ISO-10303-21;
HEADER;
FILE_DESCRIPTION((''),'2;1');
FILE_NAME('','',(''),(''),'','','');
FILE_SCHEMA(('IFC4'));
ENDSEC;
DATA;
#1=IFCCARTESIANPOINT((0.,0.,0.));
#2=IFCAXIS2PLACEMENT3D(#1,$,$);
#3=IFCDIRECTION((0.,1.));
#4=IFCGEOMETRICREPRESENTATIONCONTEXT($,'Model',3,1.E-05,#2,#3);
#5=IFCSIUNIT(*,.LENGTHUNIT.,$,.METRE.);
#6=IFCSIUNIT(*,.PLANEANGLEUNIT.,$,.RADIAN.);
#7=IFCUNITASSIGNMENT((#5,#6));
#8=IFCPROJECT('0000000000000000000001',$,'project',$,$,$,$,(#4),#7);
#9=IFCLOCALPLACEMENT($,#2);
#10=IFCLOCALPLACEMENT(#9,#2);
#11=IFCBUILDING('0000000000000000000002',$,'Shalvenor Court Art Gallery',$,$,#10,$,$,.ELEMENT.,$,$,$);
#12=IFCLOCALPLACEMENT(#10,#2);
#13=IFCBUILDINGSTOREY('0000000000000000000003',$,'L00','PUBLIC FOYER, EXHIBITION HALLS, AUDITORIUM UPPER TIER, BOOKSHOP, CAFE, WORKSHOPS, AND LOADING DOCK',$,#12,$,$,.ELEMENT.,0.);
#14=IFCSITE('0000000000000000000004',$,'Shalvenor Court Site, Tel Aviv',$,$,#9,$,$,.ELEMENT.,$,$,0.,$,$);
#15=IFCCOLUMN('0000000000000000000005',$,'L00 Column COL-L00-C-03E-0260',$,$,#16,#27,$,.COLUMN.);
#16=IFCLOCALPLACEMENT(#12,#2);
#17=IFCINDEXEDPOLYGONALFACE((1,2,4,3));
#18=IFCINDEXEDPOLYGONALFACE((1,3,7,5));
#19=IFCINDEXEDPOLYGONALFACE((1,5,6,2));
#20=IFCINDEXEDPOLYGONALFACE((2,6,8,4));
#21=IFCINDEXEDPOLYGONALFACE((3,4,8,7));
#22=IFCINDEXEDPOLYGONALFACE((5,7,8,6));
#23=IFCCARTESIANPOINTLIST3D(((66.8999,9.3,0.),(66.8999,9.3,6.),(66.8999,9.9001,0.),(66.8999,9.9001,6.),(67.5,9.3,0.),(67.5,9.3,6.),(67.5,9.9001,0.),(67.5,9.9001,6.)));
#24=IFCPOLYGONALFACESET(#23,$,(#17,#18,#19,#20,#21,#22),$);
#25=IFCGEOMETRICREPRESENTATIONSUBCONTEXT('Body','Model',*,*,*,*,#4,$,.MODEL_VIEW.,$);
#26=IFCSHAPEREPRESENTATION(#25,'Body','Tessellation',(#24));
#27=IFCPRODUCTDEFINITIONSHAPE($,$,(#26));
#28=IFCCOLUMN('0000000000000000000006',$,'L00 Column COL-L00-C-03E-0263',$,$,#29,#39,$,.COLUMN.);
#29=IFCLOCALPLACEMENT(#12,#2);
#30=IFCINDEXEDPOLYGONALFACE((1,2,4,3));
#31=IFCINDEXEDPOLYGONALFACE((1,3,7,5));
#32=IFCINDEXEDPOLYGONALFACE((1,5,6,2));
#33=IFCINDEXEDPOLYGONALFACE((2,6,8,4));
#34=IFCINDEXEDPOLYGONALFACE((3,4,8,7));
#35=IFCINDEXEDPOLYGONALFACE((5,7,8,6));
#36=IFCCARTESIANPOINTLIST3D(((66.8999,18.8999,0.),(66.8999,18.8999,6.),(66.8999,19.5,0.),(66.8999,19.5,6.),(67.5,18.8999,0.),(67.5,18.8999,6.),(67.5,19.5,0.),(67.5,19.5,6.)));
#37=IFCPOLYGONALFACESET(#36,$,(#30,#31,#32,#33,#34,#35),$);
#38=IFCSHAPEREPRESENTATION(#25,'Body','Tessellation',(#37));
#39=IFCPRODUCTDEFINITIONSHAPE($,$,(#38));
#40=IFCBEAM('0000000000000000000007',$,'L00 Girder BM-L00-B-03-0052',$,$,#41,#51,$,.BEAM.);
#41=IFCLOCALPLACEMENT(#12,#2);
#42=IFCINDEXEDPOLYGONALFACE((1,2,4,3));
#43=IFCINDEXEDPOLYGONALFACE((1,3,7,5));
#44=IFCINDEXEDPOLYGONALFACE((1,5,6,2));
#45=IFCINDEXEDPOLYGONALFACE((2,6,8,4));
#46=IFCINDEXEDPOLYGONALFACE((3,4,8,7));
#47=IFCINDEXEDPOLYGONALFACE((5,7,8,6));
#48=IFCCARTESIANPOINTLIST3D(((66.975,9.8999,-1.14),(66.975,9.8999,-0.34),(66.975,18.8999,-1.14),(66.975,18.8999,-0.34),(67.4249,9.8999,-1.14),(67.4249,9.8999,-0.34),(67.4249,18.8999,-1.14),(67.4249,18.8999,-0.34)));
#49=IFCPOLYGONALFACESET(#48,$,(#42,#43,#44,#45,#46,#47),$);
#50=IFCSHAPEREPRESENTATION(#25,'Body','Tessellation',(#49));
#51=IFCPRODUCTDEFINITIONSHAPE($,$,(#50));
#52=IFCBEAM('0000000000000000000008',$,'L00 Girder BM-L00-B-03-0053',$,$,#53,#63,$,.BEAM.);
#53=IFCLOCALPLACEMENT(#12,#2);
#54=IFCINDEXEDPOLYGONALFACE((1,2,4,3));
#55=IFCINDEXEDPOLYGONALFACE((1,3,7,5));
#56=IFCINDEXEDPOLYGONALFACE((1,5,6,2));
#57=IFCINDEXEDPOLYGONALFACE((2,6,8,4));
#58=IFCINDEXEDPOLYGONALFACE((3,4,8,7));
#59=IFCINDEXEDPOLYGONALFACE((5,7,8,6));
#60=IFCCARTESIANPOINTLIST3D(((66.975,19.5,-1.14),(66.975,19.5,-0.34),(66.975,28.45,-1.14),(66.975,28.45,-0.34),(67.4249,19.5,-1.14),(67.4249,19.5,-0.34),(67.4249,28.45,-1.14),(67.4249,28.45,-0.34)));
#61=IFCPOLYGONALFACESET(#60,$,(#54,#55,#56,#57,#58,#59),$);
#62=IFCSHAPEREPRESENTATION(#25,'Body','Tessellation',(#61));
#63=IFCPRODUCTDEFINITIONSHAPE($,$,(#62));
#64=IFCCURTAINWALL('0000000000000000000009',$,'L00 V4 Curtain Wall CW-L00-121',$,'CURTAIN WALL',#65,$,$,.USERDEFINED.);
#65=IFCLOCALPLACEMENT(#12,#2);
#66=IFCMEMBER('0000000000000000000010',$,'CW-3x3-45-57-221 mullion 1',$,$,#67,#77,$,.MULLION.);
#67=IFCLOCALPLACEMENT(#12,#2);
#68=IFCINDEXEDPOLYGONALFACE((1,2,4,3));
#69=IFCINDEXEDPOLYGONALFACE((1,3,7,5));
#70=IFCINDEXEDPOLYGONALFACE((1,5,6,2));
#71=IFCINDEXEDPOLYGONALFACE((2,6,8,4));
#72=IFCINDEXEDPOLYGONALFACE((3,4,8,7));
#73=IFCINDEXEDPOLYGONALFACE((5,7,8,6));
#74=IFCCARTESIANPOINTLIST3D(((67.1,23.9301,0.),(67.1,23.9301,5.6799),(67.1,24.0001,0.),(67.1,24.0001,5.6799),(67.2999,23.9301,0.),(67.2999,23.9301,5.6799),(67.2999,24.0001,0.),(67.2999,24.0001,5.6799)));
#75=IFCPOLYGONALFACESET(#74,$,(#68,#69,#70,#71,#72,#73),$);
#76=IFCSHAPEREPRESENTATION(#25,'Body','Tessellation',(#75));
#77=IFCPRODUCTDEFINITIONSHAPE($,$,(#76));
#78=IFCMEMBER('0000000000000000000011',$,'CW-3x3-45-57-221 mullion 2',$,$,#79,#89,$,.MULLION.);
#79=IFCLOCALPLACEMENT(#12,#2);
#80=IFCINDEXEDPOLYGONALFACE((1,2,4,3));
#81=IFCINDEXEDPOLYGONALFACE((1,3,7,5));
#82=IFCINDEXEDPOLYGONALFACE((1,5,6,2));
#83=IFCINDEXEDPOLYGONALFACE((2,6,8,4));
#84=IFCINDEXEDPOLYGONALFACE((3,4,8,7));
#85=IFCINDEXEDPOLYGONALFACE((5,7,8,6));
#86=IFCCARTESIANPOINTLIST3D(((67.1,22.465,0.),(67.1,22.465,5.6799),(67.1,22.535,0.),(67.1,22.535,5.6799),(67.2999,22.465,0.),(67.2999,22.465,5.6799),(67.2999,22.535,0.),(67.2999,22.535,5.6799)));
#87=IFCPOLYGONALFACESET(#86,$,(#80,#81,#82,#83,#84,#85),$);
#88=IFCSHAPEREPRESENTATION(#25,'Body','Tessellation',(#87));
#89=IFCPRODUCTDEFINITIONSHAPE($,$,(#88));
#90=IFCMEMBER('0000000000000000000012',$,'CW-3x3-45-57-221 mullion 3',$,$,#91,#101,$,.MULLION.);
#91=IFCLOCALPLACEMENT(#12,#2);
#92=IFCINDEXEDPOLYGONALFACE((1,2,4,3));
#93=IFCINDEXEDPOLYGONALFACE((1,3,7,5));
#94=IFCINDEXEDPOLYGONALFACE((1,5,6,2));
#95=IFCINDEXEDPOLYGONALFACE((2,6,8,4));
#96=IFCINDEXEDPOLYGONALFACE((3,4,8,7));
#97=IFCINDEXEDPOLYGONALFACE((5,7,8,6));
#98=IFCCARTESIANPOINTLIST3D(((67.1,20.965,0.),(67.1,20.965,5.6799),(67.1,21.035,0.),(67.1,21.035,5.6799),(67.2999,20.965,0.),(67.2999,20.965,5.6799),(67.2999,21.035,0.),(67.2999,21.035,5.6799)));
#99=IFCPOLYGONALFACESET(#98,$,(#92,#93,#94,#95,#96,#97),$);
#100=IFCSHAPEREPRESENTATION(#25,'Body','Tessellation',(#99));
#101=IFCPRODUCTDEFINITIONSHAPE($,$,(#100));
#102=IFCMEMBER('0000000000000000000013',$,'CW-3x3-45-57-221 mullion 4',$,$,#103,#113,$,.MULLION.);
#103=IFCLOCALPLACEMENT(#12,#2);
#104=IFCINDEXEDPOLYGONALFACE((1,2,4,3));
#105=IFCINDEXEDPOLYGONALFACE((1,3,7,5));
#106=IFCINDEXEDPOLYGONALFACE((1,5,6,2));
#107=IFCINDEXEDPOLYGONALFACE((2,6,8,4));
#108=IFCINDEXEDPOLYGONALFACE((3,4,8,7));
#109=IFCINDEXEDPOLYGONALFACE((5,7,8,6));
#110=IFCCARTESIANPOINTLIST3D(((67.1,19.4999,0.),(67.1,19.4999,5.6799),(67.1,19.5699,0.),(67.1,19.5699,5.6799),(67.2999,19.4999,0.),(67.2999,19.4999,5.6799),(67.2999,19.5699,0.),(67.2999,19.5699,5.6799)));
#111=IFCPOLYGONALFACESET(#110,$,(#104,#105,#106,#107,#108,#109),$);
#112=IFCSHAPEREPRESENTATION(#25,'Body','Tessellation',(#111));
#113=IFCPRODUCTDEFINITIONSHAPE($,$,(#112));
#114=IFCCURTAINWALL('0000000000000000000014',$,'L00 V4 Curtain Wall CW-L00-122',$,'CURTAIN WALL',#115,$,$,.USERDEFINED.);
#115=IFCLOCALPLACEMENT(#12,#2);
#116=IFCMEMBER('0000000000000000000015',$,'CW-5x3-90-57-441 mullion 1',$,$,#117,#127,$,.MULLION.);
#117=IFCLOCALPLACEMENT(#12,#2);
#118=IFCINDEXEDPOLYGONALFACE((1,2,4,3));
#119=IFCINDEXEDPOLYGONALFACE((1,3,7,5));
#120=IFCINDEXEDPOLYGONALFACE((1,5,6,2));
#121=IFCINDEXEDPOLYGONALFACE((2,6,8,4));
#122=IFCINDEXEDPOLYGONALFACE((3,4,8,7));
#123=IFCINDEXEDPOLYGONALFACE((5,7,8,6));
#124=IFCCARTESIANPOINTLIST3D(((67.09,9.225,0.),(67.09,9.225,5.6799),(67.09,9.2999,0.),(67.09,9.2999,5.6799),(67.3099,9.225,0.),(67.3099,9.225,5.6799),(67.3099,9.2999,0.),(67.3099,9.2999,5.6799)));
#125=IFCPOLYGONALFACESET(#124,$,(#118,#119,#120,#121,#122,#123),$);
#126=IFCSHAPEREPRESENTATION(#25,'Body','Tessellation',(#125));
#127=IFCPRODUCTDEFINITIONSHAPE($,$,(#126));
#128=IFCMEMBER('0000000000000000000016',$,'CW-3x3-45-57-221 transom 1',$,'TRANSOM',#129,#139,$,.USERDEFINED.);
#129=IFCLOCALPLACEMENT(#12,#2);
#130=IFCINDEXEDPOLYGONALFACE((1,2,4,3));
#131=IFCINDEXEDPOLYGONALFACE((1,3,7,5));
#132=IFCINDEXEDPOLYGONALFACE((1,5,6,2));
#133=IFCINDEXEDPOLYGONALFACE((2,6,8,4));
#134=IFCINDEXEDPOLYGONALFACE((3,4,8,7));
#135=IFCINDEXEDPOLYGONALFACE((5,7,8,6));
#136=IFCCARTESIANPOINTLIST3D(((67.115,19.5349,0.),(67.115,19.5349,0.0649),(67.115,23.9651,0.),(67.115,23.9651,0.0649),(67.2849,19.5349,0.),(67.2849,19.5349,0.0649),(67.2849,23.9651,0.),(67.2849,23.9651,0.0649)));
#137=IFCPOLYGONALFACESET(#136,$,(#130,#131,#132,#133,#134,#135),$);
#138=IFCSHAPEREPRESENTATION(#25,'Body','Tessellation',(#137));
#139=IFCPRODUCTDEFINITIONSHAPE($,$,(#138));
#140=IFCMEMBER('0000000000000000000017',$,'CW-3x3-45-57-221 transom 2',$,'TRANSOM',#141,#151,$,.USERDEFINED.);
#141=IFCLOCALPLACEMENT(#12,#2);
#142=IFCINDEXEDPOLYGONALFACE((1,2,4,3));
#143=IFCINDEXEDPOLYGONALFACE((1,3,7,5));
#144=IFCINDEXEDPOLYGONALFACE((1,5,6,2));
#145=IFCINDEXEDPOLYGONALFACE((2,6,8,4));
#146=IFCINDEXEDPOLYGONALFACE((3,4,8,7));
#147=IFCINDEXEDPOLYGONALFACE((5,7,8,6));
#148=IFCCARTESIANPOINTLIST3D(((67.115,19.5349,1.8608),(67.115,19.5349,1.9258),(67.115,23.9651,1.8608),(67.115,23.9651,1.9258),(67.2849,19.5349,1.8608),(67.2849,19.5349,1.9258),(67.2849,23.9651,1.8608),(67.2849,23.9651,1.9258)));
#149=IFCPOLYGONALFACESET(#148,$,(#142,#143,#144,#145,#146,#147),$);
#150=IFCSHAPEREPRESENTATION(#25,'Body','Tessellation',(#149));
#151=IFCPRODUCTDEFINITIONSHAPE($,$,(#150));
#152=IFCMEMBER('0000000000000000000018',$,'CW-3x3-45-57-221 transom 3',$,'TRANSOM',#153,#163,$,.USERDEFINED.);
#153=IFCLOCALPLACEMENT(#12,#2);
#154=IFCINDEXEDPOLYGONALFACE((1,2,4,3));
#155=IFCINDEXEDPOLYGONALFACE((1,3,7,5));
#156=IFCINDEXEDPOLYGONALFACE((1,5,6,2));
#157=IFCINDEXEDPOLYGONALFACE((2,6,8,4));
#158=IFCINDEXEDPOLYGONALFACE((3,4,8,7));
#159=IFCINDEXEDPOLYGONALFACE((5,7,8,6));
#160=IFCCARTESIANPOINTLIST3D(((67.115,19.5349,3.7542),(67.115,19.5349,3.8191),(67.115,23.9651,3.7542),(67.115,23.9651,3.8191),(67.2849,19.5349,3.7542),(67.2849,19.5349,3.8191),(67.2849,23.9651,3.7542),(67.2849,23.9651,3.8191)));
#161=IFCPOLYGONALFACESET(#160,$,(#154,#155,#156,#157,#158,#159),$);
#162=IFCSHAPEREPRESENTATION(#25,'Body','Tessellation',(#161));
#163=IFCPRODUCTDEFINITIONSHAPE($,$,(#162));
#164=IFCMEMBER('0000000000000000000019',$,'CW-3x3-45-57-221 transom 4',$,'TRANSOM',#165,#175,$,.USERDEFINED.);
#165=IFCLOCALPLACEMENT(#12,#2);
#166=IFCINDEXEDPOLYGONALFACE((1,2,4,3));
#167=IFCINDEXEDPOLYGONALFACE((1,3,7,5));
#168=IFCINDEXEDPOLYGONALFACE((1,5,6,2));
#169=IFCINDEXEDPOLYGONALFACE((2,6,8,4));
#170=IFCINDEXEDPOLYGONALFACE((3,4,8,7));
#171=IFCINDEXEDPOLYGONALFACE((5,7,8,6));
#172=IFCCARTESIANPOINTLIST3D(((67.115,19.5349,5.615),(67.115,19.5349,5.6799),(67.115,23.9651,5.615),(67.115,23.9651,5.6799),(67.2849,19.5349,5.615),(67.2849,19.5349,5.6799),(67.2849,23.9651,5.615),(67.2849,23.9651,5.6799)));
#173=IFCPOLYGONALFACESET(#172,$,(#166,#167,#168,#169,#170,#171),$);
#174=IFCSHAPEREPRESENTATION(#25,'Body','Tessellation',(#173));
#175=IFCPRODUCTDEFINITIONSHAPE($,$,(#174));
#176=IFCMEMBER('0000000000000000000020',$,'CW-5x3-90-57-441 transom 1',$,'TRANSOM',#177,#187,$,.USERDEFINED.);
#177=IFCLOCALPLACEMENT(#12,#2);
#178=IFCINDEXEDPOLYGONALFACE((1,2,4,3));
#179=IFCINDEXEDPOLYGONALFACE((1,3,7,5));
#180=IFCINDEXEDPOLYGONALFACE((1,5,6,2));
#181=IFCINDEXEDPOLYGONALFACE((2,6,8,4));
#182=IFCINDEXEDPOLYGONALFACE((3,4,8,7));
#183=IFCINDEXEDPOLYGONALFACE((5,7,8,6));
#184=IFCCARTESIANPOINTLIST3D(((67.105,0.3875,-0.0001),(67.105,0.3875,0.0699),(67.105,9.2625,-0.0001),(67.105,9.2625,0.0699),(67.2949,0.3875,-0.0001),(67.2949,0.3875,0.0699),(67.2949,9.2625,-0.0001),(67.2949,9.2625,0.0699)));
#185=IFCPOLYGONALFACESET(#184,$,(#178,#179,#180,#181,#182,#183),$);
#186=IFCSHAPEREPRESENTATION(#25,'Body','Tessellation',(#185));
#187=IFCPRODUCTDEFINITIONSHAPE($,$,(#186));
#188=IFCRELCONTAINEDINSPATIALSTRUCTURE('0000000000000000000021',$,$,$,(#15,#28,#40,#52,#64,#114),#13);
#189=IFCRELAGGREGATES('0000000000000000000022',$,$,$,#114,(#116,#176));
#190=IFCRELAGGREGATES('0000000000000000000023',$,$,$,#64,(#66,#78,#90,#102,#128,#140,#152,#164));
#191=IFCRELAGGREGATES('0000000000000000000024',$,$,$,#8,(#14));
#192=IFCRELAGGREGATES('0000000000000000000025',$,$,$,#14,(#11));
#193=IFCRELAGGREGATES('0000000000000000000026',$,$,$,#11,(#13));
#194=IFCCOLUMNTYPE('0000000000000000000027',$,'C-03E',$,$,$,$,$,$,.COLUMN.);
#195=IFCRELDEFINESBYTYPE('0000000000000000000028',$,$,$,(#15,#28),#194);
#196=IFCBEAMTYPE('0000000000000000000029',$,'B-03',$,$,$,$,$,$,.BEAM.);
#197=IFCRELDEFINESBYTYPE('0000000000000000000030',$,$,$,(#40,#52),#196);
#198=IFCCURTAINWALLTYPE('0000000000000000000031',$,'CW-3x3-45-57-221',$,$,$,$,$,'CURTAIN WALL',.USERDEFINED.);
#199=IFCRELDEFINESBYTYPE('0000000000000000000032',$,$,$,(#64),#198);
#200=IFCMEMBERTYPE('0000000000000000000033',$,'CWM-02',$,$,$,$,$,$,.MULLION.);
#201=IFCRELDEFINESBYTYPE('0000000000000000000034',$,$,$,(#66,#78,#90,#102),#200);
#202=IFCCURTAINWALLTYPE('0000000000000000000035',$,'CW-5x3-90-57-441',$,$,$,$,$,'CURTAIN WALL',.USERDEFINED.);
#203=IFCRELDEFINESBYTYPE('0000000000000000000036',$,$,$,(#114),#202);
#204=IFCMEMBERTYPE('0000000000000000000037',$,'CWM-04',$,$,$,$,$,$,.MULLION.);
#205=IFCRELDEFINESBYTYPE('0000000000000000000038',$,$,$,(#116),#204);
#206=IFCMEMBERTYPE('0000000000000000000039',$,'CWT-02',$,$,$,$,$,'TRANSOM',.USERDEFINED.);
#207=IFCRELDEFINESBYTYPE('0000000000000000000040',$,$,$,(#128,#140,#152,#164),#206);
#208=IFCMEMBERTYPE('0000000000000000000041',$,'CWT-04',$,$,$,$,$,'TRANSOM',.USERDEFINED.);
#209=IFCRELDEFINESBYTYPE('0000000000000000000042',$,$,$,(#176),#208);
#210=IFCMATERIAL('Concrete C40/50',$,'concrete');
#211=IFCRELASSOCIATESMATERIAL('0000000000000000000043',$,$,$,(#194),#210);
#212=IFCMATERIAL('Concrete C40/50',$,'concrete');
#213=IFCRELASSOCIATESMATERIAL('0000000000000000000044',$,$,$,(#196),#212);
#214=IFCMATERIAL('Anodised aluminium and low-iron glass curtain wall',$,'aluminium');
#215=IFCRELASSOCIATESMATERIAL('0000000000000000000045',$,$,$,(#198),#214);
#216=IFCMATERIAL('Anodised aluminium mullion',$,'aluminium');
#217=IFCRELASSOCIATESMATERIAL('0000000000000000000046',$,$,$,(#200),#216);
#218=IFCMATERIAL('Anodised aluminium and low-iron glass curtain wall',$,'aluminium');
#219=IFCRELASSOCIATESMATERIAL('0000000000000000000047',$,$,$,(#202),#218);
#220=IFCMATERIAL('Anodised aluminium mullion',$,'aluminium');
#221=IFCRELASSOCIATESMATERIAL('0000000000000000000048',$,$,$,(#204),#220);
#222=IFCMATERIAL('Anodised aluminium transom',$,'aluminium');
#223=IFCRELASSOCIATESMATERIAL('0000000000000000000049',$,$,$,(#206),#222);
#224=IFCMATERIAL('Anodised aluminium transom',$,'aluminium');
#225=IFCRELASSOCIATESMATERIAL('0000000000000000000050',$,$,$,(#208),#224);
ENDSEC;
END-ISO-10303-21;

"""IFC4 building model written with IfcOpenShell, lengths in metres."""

from ifc_helpers import new_model, si_unit, direction, frame, origin, origin_2d, place, context, subcontext, project, spatial, rectangle, extrude, material, material_profile, profile_set, type_object, element, aggregate, save


model = new_model("IFC4")

# Units and contexts
model_context = context("Model", 3, precision=1e-05, world=origin(), true_north=direction((0.0, 1.0)))
body_context = subcontext(model_context, "Body", "Model", "MODEL_VIEW")
ifc_project = project(units=[si_unit("LENGTHUNIT", "METRE"), si_unit("PLANEANGLEUNIT", "RADIAN")], contexts=[model_context])

# Site, building, storey
site_placement = place(None, origin())
site = spatial("IfcSite", under=ifc_project, at=site_placement, Name="Shalvenor Court Site, Tel Aviv", CompositionType="ELEMENT", RefElevation=0.0)
building_placement = place(site_placement, origin())
building = spatial("IfcBuilding", under=site, at=building_placement, Name="Shalvenor Court Art Gallery", CompositionType="ELEMENT")
storey_placement = place(building_placement, origin())
storey = spatial("IfcBuildingStorey", under=building, at=storey_placement, Name="L00", Description="PUBLIC FOYER, EXHIBITION HALLS, AUDITORIUM UPPER TIER, BOOKSHOP, CAFE, WORKSHOPS, AND LOADING DOCK", CompositionType="ELEMENT", Elevation=0.0)

# Columns
ifc_material_1 = material(Name="Concrete C40/50", Category="concrete")
ifc_material_profile_1 = material_profile(ifc_material_1, rectangle(XDim=0.6001, YDim=0.6001, at=origin_2d()), Name="RC 600x600")
ifc_profile_set_1 = profile_set([ifc_material_profile_1], Name="Concrete C40/50")
column_type = type_object("IfcColumnType", Name="C-03E", PredefinedType="COLUMN", material=ifc_profile_set_1)
for number, where, z_axis, x_axis, name in (
    (1, (67.2, 9.6001, 0.0), (0.0, 0.0, 1.0), (1.0, 0.0, 0.0), "L00 Column COL-L00-C-03E-0260"),
    (2, (67.2, 19.2, 0.0), (0.0, 0.0, 1.0), (1.0, 0.0, 0.0), "L00 Column COL-L00-C-03E-0263"),
):
    element("IfcColumn", number, at=place(storey_placement, frame(where, z_axis=z_axis, x_axis=x_axis)), inside=storey, type_object=column_type, Name=name, PredefinedType="COLUMN", context=body_context, shape_type="SweptSolid", body=[
        extrude(rectangle(XDim=0.6001, YDim=0.6001, at=origin_2d()), origin(), (0.0, 0.0, 1.0), 6.0),
    ])

# Beams
ifc_material_2 = material(Name="Concrete C40/50", Category="concrete")
ifc_material_profile_2 = material_profile(ifc_material_2, rectangle(XDim=0.45, YDim=0.8, at=origin_2d()), Name="RC 450x800")
ifc_profile_set_2 = profile_set([ifc_material_profile_2], Name="Concrete C40/50")
beam_type = type_object("IfcBeamType", Name="B-03", PredefinedType="BEAM", material=ifc_profile_set_2)
beam_1_placement = place(storey_placement, frame((67.2, 9.8999, -0.74), z_axis=(0.0, 1.0, 0.0), x_axis=(-1.0, 0.0, 0.0)))
element("IfcBeam", 3, at=beam_1_placement, inside=storey, type_object=beam_type, Name="L00 Girder BM-L00-B-03-0052", PredefinedType="BEAM", context=body_context, shape_type="SweptSolid", body=[
    extrude(rectangle(XDim=0.45, YDim=0.8, at=origin_2d()), origin(), (0.0, 0.0, 1.0), 9.0),
])
beam_2_placement = place(storey_placement, frame((67.2, 19.5, -0.74), z_axis=(0.0, 1.0, 0.0), x_axis=(-1.0, 0.0, 0.0)))
element("IfcBeam", 4, at=beam_2_placement, inside=storey, type_object=beam_type, Name="L00 Girder BM-L00-B-03-0053", PredefinedType="BEAM", context=body_context, shape_type="SweptSolid", body=[
    extrude(rectangle(XDim=0.45, YDim=0.8, at=origin_2d()), origin(), (0.0, 0.0, 1.0), 8.95),
])

# Curtain wall, members
ifc_material_3 = material(Name="Anodised aluminium and low-iron glass curtain wall", Category="aluminium")
curtain_wall_type_1 = type_object("IfcCurtainWallType", Name="CW-3x3-45-57-221", ElementType="CURTAIN WALL", PredefinedType="USERDEFINED", material=ifc_material_3)
curtain_wall_1_placement = place(storey_placement, origin())
curtain_wall_1 = element("IfcCurtainWall", 5, at=curtain_wall_1_placement, inside=storey, type_object=curtain_wall_type_1, Name="L00 V4 Curtain Wall CW-L00-121", ObjectType="CURTAIN WALL", PredefinedType="USERDEFINED")
ifc_material_4 = material(Name="Anodised aluminium mullion", Category="aluminium")
ifc_material_profile_3 = material_profile(ifc_material_4, rectangle(XDim=0.0701, YDim=0.2, at=origin_2d()), Name="CWM-02")
ifc_profile_set_3 = profile_set([ifc_material_profile_3], Name="Anodised aluminium mullion")
member_type_1 = type_object("IfcMemberType", Name="CWM-02", PredefinedType="MULLION", material=ifc_profile_set_3)
member_1_placement = place(storey_placement, frame((67.2, 23.9651, 0.0), z_axis=(0.0, 0.0, 1.0), x_axis=(0.0, -1.0, 0.0)))
member_1 = element("IfcMember", 6, at=member_1_placement, type_object=member_type_1, Name="CW-3x3-45-57-221 mullion 1", PredefinedType="MULLION", context=body_context, shape_type="SweptSolid", body=[
    extrude(rectangle(XDim=0.0701, YDim=0.2, at=origin_2d()), origin(), (0.0, 0.0, 1.0), 5.6799),
])
member_2_placement = place(storey_placement, frame((67.2, 22.5, 0.0), z_axis=(0.0, 0.0, 1.0), x_axis=(0.0, -1.0, 0.0)))
member_2 = element("IfcMember", 7, at=member_2_placement, type_object=member_type_1, Name="CW-3x3-45-57-221 mullion 2", PredefinedType="MULLION", context=body_context, shape_type="SweptSolid", body=[
    extrude(rectangle(XDim=0.0701, YDim=0.2, at=origin_2d()), origin(), (0.0, 0.0, 1.0), 5.6799),
])
member_3_placement = place(storey_placement, frame((67.2, 21.0, 0.0), z_axis=(0.0, 0.0, 1.0), x_axis=(0.0, -1.0, 0.0)))
member_3 = element("IfcMember", 8, at=member_3_placement, type_object=member_type_1, Name="CW-3x3-45-57-221 mullion 3", PredefinedType="MULLION", context=body_context, shape_type="SweptSolid", body=[
    extrude(rectangle(XDim=0.0701, YDim=0.2, at=origin_2d()), origin(), (0.0, 0.0, 1.0), 5.6799),
])
member_4_placement = place(storey_placement, frame((67.2, 19.5349, 0.0), z_axis=(0.0, 0.0, 1.0), x_axis=(0.0, -1.0, 0.0)))
member_4 = element("IfcMember", 9, at=member_4_placement, type_object=member_type_1, Name="CW-3x3-45-57-221 mullion 4", PredefinedType="MULLION", context=body_context, shape_type="SweptSolid", body=[
    extrude(rectangle(XDim=0.0701, YDim=0.2, at=origin_2d()), origin(), (0.0, 0.0, 1.0), 5.6799),
])

# Curtain wall, member
ifc_material_5 = material(Name="Anodised aluminium and low-iron glass curtain wall", Category="aluminium")
curtain_wall_type_2 = type_object("IfcCurtainWallType", Name="CW-5x3-90-57-441", ElementType="CURTAIN WALL", PredefinedType="USERDEFINED", material=ifc_material_5)
curtain_wall_2_placement = place(storey_placement, origin())
curtain_wall_2 = element("IfcCurtainWall", 10, at=curtain_wall_2_placement, inside=storey, type_object=curtain_wall_type_2, Name="L00 V4 Curtain Wall CW-L00-122", ObjectType="CURTAIN WALL", PredefinedType="USERDEFINED")
ifc_material_6 = material(Name="Anodised aluminium mullion", Category="aluminium")
ifc_material_profile_4 = material_profile(ifc_material_6, rectangle(XDim=0.075, YDim=0.22, at=origin_2d()), Name="CWM-04")
ifc_profile_set_4 = profile_set([ifc_material_profile_4], Name="Anodised aluminium mullion")
member_type_2 = type_object("IfcMemberType", Name="CWM-04", PredefinedType="MULLION", material=ifc_profile_set_4)
member_5_placement = place(storey_placement, frame((67.2, 9.2625, 0.0), z_axis=(0.0, 0.0, 1.0), x_axis=(0.0, -1.0, 0.0)))
member_5 = element("IfcMember", 11, at=member_5_placement, type_object=member_type_2, Name="CW-5x3-90-57-441 mullion 1", PredefinedType="MULLION", context=body_context, shape_type="SweptSolid", body=[
    extrude(rectangle(XDim=0.075, YDim=0.22, at=origin_2d()), origin(), (0.0, 0.0, 1.0), 5.6799),
])

# Members
ifc_material_7 = material(Name="Anodised aluminium transom", Category="aluminium")
ifc_material_profile_5 = material_profile(ifc_material_7, rectangle(XDim=0.1699, YDim=0.0649, at=origin_2d()), Name="CWT-02")
ifc_profile_set_5 = profile_set([ifc_material_profile_5], Name="Anodised aluminium transom")
member_type_3 = type_object("IfcMemberType", Name="CWT-02", ElementType="TRANSOM", PredefinedType="USERDEFINED", material=ifc_profile_set_5)
member_6_placement = place(storey_placement, frame((67.2, 23.9651, 0.0325), z_axis=(0.0, -1.0, 0.0), x_axis=(1.0, 0.0, 0.0)))
member_6 = element("IfcMember", 12, at=member_6_placement, type_object=member_type_3, Name="CW-3x3-45-57-221 transom 1", ObjectType="TRANSOM", PredefinedType="USERDEFINED", context=body_context, shape_type="SweptSolid", body=[
    extrude(rectangle(XDim=0.1699, YDim=0.0649, at=origin_2d()), origin(), (0.0, 0.0, 1.0), 4.4302),
])
member_7_placement = place(storey_placement, frame((67.2, 23.9651, 1.8933), z_axis=(0.0, -1.0, 0.0), x_axis=(1.0, 0.0, 0.0)))
member_7 = element("IfcMember", 13, at=member_7_placement, type_object=member_type_3, Name="CW-3x3-45-57-221 transom 2", ObjectType="TRANSOM", PredefinedType="USERDEFINED", context=body_context, shape_type="SweptSolid", body=[
    extrude(rectangle(XDim=0.1699, YDim=0.0649, at=origin_2d()), origin(), (0.0, 0.0, 1.0), 4.4302),
])
member_8_placement = place(storey_placement, frame((67.2, 23.9651, 3.7866), z_axis=(0.0, -1.0, 0.0), x_axis=(1.0, 0.0, 0.0)))
member_8 = element("IfcMember", 14, at=member_8_placement, type_object=member_type_3, Name="CW-3x3-45-57-221 transom 3", ObjectType="TRANSOM", PredefinedType="USERDEFINED", context=body_context, shape_type="SweptSolid", body=[
    extrude(rectangle(XDim=0.1699, YDim=0.0649, at=origin_2d()), origin(), (0.0, 0.0, 1.0), 4.4302),
])
member_9_placement = place(storey_placement, frame((67.2, 23.9651, 5.6475), z_axis=(0.0, -1.0, 0.0), x_axis=(1.0, 0.0, 0.0)))
member_9 = element("IfcMember", 15, at=member_9_placement, type_object=member_type_3, Name="CW-3x3-45-57-221 transom 4", ObjectType="TRANSOM", PredefinedType="USERDEFINED", context=body_context, shape_type="SweptSolid", body=[
    extrude(rectangle(XDim=0.1699, YDim=0.0649, at=origin_2d()), origin(), (0.0, 0.0, 1.0), 4.4302),
])
ifc_material_8 = material(Name="Anodised aluminium transom", Category="aluminium")
ifc_material_profile_6 = material_profile(ifc_material_8, rectangle(XDim=0.1899, YDim=0.0701, at=origin_2d()), Name="CWT-04")
ifc_profile_set_6 = profile_set([ifc_material_profile_6], Name="Anodised aluminium transom")
member_type_4 = type_object("IfcMemberType", Name="CWT-04", ElementType="TRANSOM", PredefinedType="USERDEFINED", material=ifc_profile_set_6)
member_10_placement = place(storey_placement, frame((67.2, 9.2625, 0.0349), z_axis=(0.0, -1.0, 0.0), x_axis=(1.0, 0.0, 0.0)))
member_10 = element("IfcMember", 16, at=member_10_placement, type_object=member_type_4, Name="CW-5x3-90-57-441 transom 1", ObjectType="TRANSOM", PredefinedType="USERDEFINED", context=body_context, shape_type="SweptSolid", body=[
    extrude(rectangle(XDim=0.1899, YDim=0.0701, at=origin_2d()), origin(), (0.0, 0.0, 1.0), 8.875),
])
aggregate(curtain_wall_2, [member_5, member_10])

aggregate(curtain_wall_1, [member_1, member_2, member_3, member_4, member_6, member_7, member_8, member_9])

save(model, "model.ifc")
